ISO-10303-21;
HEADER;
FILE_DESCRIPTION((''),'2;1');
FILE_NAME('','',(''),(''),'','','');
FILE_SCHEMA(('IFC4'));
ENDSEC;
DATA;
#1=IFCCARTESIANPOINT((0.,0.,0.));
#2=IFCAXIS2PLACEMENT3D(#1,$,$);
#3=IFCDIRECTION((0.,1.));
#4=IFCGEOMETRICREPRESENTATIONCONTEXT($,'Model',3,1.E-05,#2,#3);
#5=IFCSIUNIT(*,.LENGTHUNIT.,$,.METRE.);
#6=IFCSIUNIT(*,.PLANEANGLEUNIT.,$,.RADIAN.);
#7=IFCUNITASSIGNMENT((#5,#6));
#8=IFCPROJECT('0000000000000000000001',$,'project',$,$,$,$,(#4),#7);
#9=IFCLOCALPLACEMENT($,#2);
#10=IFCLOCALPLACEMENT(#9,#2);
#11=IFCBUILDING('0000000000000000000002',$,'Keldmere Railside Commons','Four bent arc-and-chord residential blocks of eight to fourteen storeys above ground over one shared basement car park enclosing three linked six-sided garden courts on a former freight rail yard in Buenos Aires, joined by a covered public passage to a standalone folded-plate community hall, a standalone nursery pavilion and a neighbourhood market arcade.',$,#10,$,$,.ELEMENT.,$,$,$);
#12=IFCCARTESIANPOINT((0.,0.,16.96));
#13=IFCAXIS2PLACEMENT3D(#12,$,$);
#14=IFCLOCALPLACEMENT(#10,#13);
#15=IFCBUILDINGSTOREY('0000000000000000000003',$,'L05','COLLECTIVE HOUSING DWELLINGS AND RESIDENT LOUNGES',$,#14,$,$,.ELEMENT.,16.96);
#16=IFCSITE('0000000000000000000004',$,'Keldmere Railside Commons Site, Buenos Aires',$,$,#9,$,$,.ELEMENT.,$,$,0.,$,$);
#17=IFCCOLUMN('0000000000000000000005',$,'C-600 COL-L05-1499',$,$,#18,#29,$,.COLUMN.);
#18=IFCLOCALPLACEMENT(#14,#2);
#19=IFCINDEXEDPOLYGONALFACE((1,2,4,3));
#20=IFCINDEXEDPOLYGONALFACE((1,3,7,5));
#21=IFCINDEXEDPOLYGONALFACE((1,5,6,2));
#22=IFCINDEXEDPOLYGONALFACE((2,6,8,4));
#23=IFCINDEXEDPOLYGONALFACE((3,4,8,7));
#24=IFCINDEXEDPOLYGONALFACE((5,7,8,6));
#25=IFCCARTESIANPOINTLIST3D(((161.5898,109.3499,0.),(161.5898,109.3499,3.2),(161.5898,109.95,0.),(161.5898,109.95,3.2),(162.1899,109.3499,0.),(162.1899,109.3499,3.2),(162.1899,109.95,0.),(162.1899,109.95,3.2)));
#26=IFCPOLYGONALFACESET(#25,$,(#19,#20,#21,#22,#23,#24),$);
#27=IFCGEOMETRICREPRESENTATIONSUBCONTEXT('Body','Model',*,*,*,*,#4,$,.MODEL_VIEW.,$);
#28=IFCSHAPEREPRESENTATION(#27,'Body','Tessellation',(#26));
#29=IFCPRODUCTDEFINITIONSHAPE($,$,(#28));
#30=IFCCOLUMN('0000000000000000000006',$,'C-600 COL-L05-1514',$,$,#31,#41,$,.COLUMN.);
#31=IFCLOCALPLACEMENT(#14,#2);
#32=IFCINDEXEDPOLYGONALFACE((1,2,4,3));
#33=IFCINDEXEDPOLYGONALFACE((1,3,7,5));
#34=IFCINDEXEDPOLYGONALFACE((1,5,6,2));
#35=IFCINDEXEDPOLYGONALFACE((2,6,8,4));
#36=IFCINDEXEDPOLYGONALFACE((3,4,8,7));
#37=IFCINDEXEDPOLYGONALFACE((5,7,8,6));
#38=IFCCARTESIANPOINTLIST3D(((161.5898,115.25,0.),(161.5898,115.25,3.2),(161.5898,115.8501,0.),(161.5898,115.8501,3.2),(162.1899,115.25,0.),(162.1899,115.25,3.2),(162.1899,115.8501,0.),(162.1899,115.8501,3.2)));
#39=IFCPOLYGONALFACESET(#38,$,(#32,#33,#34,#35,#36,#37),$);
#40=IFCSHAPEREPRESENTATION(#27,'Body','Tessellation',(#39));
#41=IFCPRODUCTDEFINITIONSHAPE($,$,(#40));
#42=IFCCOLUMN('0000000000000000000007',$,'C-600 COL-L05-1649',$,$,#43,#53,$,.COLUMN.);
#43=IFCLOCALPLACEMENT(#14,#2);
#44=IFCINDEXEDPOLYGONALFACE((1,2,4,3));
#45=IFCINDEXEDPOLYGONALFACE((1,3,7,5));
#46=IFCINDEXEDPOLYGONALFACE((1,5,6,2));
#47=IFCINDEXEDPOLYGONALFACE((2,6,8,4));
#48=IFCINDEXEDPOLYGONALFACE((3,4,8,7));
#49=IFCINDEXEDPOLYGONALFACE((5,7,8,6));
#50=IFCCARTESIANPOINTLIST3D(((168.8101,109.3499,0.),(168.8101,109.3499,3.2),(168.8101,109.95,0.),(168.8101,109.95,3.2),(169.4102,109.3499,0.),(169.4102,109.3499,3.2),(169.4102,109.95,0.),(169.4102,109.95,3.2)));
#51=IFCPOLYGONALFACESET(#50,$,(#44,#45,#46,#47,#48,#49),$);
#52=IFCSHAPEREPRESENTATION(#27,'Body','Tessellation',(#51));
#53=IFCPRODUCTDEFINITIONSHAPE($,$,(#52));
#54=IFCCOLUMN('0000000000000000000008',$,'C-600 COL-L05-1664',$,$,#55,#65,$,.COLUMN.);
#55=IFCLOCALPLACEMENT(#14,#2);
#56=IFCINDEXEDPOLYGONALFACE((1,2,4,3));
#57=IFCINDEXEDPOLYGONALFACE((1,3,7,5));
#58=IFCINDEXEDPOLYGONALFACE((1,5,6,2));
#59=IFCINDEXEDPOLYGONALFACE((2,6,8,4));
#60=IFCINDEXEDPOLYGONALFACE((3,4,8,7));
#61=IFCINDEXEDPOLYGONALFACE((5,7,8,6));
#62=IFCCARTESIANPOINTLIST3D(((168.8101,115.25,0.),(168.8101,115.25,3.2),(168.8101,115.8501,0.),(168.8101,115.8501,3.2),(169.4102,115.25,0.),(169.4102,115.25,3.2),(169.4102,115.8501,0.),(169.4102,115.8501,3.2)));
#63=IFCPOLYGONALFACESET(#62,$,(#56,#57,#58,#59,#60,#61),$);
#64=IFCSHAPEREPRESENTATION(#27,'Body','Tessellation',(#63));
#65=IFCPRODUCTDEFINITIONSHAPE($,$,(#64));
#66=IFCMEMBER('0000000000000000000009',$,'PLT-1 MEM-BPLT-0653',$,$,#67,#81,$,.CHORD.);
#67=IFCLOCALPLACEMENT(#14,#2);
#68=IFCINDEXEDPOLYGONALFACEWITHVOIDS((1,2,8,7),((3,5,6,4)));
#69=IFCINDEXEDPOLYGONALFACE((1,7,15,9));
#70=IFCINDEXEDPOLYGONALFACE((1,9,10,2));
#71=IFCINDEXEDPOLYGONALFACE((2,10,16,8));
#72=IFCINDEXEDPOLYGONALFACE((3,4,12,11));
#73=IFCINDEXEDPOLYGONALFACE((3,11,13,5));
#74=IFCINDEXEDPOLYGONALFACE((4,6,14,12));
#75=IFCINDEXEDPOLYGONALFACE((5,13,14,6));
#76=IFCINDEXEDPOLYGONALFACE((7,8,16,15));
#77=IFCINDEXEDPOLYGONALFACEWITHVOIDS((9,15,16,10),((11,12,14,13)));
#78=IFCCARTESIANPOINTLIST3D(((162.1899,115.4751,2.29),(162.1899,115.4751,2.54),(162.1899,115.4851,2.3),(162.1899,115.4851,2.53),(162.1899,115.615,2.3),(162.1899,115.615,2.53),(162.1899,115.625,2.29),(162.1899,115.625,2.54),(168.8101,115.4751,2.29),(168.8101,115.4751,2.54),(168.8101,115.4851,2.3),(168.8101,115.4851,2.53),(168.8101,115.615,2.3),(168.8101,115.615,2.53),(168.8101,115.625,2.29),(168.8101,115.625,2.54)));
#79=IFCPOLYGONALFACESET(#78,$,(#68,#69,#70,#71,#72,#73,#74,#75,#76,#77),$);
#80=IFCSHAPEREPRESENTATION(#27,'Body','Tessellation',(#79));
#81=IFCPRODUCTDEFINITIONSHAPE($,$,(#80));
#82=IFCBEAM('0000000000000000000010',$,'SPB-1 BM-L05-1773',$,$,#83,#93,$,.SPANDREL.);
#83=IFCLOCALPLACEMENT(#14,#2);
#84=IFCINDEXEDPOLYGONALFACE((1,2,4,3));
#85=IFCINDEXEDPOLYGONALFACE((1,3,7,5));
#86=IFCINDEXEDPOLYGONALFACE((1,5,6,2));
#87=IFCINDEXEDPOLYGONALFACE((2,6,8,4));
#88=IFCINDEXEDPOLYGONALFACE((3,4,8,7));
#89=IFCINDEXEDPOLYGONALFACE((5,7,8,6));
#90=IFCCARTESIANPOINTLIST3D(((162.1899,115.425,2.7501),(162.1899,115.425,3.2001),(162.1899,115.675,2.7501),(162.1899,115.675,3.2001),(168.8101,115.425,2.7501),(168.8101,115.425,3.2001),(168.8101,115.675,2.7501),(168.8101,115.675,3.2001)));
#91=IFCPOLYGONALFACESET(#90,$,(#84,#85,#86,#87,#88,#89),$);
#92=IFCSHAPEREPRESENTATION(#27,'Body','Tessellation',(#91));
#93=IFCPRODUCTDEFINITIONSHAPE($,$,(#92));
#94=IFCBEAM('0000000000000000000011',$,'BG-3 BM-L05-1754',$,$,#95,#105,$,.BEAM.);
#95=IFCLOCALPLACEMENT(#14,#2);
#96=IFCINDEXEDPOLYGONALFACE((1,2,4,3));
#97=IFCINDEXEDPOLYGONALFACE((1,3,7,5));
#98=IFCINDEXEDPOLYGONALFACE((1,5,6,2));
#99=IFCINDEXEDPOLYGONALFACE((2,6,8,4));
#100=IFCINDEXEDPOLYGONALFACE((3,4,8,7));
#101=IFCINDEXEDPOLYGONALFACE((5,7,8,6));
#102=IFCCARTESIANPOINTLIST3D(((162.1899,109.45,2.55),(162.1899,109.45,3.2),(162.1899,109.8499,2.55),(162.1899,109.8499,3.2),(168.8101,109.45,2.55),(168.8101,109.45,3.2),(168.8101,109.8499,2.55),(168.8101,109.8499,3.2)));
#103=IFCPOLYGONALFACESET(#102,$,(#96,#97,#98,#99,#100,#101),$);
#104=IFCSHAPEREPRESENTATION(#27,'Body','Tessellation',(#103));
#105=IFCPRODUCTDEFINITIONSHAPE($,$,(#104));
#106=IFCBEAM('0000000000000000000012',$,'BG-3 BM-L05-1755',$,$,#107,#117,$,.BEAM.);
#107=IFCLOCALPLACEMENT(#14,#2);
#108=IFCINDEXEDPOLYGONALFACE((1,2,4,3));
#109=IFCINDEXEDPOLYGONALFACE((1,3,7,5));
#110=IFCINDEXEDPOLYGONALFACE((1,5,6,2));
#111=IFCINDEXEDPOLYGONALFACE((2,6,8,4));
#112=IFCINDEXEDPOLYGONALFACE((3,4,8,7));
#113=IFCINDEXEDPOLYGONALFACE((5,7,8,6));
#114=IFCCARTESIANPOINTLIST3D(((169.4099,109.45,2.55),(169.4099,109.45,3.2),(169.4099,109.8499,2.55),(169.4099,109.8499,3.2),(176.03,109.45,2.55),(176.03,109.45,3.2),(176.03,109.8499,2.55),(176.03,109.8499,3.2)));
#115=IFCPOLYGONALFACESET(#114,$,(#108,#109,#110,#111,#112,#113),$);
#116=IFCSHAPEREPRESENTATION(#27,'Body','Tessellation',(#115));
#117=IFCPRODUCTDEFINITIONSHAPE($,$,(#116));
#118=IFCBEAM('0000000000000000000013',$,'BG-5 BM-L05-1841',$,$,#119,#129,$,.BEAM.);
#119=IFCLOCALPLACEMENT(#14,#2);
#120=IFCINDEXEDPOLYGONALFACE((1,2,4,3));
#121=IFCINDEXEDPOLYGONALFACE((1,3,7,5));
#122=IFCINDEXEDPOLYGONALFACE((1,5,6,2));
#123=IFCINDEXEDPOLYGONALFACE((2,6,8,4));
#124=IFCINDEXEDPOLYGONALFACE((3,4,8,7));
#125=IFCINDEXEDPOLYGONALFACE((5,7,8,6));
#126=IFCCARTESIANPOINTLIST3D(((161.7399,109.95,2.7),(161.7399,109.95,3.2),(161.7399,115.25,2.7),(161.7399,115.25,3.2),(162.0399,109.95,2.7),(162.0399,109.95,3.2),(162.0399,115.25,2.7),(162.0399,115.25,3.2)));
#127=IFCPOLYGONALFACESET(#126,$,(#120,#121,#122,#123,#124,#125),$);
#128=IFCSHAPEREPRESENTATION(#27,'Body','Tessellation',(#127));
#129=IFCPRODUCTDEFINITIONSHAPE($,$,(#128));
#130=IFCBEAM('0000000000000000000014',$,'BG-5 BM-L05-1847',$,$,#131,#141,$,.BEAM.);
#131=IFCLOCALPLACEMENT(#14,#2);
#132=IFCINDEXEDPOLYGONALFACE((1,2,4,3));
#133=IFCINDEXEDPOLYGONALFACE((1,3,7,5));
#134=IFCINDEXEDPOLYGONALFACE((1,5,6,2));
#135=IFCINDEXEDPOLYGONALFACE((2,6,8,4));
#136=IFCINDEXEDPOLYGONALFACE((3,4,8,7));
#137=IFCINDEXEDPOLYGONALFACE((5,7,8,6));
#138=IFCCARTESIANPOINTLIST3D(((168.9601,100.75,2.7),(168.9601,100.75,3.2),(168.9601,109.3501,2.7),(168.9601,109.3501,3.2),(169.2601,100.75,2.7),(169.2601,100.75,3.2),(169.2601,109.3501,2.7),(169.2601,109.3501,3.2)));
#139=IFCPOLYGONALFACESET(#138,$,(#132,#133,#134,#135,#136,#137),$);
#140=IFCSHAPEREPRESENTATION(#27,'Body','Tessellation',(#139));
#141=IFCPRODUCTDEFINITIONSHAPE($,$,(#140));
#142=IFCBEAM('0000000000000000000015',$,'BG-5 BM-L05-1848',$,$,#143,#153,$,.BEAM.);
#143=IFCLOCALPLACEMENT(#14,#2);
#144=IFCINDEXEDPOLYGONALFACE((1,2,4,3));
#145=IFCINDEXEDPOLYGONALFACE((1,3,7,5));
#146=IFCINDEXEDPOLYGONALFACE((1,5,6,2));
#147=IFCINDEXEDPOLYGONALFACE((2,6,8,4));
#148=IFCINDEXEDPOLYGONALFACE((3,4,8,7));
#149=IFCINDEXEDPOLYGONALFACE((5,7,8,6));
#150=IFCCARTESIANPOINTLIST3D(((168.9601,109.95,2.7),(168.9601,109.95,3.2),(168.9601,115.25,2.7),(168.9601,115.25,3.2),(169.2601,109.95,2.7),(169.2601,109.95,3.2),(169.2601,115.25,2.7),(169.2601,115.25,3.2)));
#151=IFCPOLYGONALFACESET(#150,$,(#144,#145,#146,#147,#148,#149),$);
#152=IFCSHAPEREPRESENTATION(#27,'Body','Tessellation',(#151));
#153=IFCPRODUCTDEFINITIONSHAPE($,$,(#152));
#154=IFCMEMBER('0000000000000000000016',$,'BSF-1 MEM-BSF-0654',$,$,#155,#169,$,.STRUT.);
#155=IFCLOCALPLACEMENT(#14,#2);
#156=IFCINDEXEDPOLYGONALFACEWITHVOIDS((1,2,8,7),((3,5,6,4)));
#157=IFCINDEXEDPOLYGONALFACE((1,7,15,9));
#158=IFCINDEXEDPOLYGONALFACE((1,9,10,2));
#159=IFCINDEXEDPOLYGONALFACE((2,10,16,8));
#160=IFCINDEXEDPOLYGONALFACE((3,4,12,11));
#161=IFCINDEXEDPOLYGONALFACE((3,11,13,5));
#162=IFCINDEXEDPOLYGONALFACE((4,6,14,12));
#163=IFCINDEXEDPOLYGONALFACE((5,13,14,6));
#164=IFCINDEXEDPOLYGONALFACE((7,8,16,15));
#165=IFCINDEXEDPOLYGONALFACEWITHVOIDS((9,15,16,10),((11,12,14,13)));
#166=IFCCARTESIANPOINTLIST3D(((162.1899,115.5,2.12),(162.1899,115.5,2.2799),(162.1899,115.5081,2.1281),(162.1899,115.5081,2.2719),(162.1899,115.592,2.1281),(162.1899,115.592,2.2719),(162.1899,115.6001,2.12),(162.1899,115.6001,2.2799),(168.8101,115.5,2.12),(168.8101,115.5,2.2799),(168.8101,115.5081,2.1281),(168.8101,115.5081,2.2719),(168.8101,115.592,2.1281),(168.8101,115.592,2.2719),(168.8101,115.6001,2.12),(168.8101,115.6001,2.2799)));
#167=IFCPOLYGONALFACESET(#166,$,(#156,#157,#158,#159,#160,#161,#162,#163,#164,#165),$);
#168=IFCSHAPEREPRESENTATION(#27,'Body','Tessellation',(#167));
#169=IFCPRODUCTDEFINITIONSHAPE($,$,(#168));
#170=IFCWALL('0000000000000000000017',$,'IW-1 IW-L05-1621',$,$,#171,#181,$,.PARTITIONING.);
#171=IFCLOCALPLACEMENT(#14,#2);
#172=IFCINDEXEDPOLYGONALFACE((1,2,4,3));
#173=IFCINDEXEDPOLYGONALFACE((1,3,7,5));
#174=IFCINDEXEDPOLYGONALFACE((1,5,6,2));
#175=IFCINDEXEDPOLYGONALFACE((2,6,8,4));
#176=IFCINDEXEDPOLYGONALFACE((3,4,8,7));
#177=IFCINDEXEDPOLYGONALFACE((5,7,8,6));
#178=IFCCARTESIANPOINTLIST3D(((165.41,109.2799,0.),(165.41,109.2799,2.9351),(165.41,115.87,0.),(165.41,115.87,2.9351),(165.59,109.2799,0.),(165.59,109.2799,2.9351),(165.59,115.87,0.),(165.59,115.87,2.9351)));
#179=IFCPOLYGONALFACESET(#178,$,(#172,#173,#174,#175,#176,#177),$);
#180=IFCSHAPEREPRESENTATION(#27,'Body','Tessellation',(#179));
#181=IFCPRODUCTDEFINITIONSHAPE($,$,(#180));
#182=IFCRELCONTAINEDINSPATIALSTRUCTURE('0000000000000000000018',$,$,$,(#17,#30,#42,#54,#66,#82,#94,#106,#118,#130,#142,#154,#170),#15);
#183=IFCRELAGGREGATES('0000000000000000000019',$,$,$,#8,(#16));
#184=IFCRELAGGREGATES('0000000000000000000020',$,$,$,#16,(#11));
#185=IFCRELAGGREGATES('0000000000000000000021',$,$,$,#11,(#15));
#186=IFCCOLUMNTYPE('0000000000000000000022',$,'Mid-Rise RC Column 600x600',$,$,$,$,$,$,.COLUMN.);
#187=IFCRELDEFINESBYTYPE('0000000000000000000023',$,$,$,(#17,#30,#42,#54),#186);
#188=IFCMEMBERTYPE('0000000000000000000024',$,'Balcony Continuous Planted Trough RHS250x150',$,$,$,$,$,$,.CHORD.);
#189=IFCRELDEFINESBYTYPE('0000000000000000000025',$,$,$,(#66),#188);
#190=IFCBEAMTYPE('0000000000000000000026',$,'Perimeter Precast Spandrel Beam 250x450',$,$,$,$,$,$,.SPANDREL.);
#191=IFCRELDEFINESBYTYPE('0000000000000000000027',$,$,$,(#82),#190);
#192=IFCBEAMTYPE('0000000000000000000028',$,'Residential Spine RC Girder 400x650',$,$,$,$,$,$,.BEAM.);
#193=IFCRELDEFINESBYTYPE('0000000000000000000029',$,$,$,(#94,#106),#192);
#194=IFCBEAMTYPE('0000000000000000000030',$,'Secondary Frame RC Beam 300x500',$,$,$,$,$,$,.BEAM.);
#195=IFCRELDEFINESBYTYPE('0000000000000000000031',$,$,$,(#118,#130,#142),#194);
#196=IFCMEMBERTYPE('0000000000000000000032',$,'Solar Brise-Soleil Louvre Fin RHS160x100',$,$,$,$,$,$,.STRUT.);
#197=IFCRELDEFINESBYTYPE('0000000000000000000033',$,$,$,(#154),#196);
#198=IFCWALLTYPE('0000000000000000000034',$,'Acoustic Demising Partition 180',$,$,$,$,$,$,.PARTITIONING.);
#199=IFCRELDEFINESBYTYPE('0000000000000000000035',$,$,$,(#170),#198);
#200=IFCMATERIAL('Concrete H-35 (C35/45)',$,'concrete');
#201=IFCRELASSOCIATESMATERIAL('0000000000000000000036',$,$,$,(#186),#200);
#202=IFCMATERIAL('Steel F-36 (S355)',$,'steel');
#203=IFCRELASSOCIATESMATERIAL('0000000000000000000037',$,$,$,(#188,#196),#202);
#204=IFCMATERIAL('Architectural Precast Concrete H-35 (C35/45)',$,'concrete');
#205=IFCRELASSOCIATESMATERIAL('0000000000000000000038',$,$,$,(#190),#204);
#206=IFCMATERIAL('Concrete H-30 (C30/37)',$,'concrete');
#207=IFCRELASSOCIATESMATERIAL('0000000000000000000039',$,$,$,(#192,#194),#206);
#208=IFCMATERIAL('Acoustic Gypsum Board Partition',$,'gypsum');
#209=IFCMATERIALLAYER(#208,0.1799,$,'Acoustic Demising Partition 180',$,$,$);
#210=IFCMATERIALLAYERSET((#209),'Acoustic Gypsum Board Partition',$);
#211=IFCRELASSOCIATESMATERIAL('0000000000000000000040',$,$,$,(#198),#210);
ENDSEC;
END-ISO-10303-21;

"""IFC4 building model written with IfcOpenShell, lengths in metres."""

from ifc_helpers import new_model, si_unit, direction, frame, frame_2d, origin, origin_2d, place, context, subcontext, project, spatial, rectangle, hollow_rectangle, extrude, material, layer, layer_set, material_profile, profile_set, type_object, element, save


model = new_model("IFC4")

# Units and contexts
model_context = context("Model", 3, precision=1e-05, world=origin(), true_north=direction((0.0, 1.0)))
body_context = subcontext(model_context, "Body", "Model", "MODEL_VIEW")
ifc_project = project(units=[si_unit("LENGTHUNIT", "METRE"), si_unit("PLANEANGLEUNIT", "RADIAN")], contexts=[model_context])

# Site, building, storey
site_placement = place(None, origin())
site = spatial("IfcSite", under=ifc_project, at=site_placement, Name="Keldmere Railside Commons Site, Buenos Aires", CompositionType="ELEMENT", RefElevation=0.0)
building_placement = place(site_placement, origin())
building = spatial("IfcBuilding", under=site, at=building_placement, Name="Keldmere Railside Commons", Description="Four bent arc-and-chord residential blocks of eight to fourteen storeys above ground over one shared basement car park enclosing three linked six-sided garden courts on a former freight rail yard in Buenos Aires, joined by a covered public passage to a standalone folded-plate community hall, a standalone nursery pavilion and a neighbourhood market arcade.", CompositionType="ELEMENT")
storey_placement = place(building_placement, frame((0.0, 0.0, 16.96)))
storey = spatial("IfcBuildingStorey", under=building, at=storey_placement, Name="L05", Description="COLLECTIVE HOUSING DWELLINGS AND RESIDENT LOUNGES", CompositionType="ELEMENT", Elevation=16.96)

# Columns
ifc_material_1 = material(Name="Concrete H-35 (C35/45)", Category="concrete")
ifc_material_profile_1 = material_profile(ifc_material_1, rectangle(XDim=0.6001, YDim=0.6001, at=origin_2d()), Name="RC-600x600")
ifc_profile_set_1 = profile_set([ifc_material_profile_1], Name="Concrete H-35 (C35/45)")
column_type = type_object("IfcColumnType", Name="Mid-Rise RC Column 600x600", PredefinedType="COLUMN", material=ifc_profile_set_1)
for number, where, z_axis, x_axis, name in (
    (1, (161.8899, 109.6499, 0.0), (0.0, 0.0, 1.0), (1.0, 0.0, 0.0), "C-600 COL-L05-1499"),
    (2, (161.8899, 115.55, 0.0), (0.0, 0.0, 1.0), (1.0, 0.0, 0.0), "C-600 COL-L05-1514"),
    (3, (169.1101, 109.6499, 0.0), (0.0, 0.0, 1.0), (1.0, 0.0, 0.0), "C-600 COL-L05-1649"),
    (4, (169.1101, 115.55, 0.0), (0.0, 0.0, 1.0), (1.0, 0.0, 0.0), "C-600 COL-L05-1664"),
):
    element("IfcColumn", number, at=place(storey_placement, frame(where, z_axis=z_axis, x_axis=x_axis)), inside=storey, type_object=column_type, Name=name, PredefinedType="COLUMN", context=body_context, shape_type="SweptSolid", body=[
        extrude(rectangle(XDim=0.6001, YDim=0.6001, at=origin_2d()), origin(), (0.0, 0.0, 1.0), 3.2),
    ])

# Member
ifc_material_2 = material(Name="Steel F-36 (S355)", Category="steel")
ifc_material_profile_2 = material_profile(ifc_material_2, hollow_rectangle(XDim=0.1499, YDim=0.25, WallThickness=0.01, at=origin_2d()), Name="RHS-250x150x10")
ifc_profile_set_2 = profile_set([ifc_material_profile_2], Name="Steel F-36 (S355)")
member_type_1 = type_object("IfcMemberType", Name="Balcony Continuous Planted Trough RHS250x150", PredefinedType="CHORD", material=ifc_profile_set_2)
member_1_placement = place(storey_placement, frame((162.1899, 115.55, 2.415), z_axis=(1.0, 0.0, 0.0), x_axis=(0.0, 1.0, 0.0)))
element("IfcMember", 5, at=member_1_placement, inside=storey, type_object=member_type_1, Name="PLT-1 MEM-BPLT-0653", PredefinedType="CHORD", context=body_context, shape_type="SweptSolid", body=[
    extrude(hollow_rectangle(XDim=0.1499, YDim=0.25, WallThickness=0.01, at=origin_2d()), origin(), (0.0, 0.0, 1.0), 6.6201),
])

# Beams
ifc_material_3 = material(Name="Architectural Precast Concrete H-35 (C35/45)", Category="concrete")
ifc_material_profile_3 = material_profile(ifc_material_3, rectangle(XDim=0.25, YDim=0.45, at=origin_2d()), Name="RC-250x450")
ifc_profile_set_3 = profile_set([ifc_material_profile_3], Name="Architectural Precast Concrete H-35 (C35/45)")
beam_type_1 = type_object("IfcBeamType", Name="Perimeter Precast Spandrel Beam 250x450", PredefinedType="SPANDREL", material=ifc_profile_set_3)
beam_1_placement = place(storey_placement, frame((162.1899, 115.55, 2.9751), z_axis=(1.0, 0.0, 0.0), x_axis=(0.0, 1.0, 0.0)))
element("IfcBeam", 6, at=beam_1_placement, inside=storey, type_object=beam_type_1, Name="SPB-1 BM-L05-1773", PredefinedType="SPANDREL", context=body_context, shape_type="SweptSolid", body=[
    extrude(rectangle(XDim=0.25, YDim=0.45, at=origin_2d()), origin(), (0.0, 0.0, 1.0), 6.6201),
])
ifc_material_4 = material(Name="Concrete H-30 (C30/37)", Category="concrete")
ifc_material_profile_4 = material_profile(ifc_material_4, rectangle(XDim=0.3999, YDim=0.6499, at=origin_2d()), Name="RC-400x650")
ifc_profile_set_4 = profile_set([ifc_material_profile_4], Name="Concrete H-30 (C30/37)")
beam_type_2 = type_object("IfcBeamType", Name="Residential Spine RC Girder 400x650", PredefinedType="BEAM", material=ifc_profile_set_4)
for number, where, z_axis, x_axis, name in (
    (7, (162.1899, 109.6499, 2.875), (1.0, 0.0, 0.0), (0.0, 1.0, 0.0), "BG-3 BM-L05-1754"),
    (8, (169.4099, 109.6499, 2.875), (1.0, 0.0, 0.0), (0.0, 1.0, 0.0), "BG-3 BM-L05-1755"),
):
    element("IfcBeam", number, at=place(storey_placement, frame(where, z_axis=z_axis, x_axis=x_axis)), inside=storey, type_object=beam_type_2, Name=name, PredefinedType="BEAM", context=body_context, shape_type="SweptSolid", body=[
        extrude(rectangle(XDim=0.3999, YDim=0.6499, at=origin_2d()), origin(), (0.0, 0.0, 1.0), 6.6201),
    ])
ifc_material_profile_5 = material_profile(ifc_material_4, rectangle(XDim=0.3, YDim=0.5, at=origin_2d()), Name="RC-300x500")
ifc_profile_set_5 = profile_set([ifc_material_profile_5], Name="Concrete H-30 (C30/37)")
beam_type_3 = type_object("IfcBeamType", Name="Secondary Frame RC Beam 300x500", PredefinedType="BEAM", material=ifc_profile_set_5)
beam_2_placement = place(storey_placement, frame((161.8899, 109.95, 2.95), z_axis=(0.0, 1.0, 0.0), x_axis=(-1.0, 0.0, 0.0)))
element("IfcBeam", 9, at=beam_2_placement, inside=storey, type_object=beam_type_3, Name="BG-5 BM-L05-1841", PredefinedType="BEAM", context=body_context, shape_type="SweptSolid", body=[
    extrude(rectangle(XDim=0.3, YDim=0.5, at=origin_2d()), origin(), (0.0, 0.0, 1.0), 5.3),
])
beam_3_placement = place(storey_placement, frame((169.1101, 100.75, 2.95), z_axis=(0.0, 1.0, 0.0), x_axis=(-1.0, 0.0, 0.0)))
element("IfcBeam", 10, at=beam_3_placement, inside=storey, type_object=beam_type_3, Name="BG-5 BM-L05-1847", PredefinedType="BEAM", context=body_context, shape_type="SweptSolid", body=[
    extrude(rectangle(XDim=0.3, YDim=0.5, at=origin_2d()), origin(), (0.0, 0.0, 1.0), 8.6001),
])
beam_4_placement = place(storey_placement, frame((169.1101, 109.95, 2.95), z_axis=(0.0, 1.0, 0.0), x_axis=(-1.0, 0.0, 0.0)))
element("IfcBeam", 11, at=beam_4_placement, inside=storey, type_object=beam_type_3, Name="BG-5 BM-L05-1848", PredefinedType="BEAM", context=body_context, shape_type="SweptSolid", body=[
    extrude(rectangle(XDim=0.3, YDim=0.5, at=origin_2d()), origin(), (0.0, 0.0, 1.0), 5.3),
])

# Member
ifc_material_profile_6 = material_profile(ifc_material_2, hollow_rectangle(XDim=0.1001, YDim=0.1599, WallThickness=0.0081, at=origin_2d()), Name="RHS-160x100x8")
ifc_profile_set_6 = profile_set([ifc_material_profile_6], Name="Steel F-36 (S355)")
member_type_2 = type_object("IfcMemberType", Name="Solar Brise-Soleil Louvre Fin RHS160x100", PredefinedType="STRUT", material=ifc_profile_set_6)
member_2_placement = place(storey_placement, frame((162.1899, 115.55, 2.2), z_axis=(1.0, 0.0, 0.0), x_axis=(0.0, 1.0, 0.0)))
element("IfcMember", 12, at=member_2_placement, inside=storey, type_object=member_type_2, Name="BSF-1 MEM-BSF-0654", PredefinedType="STRUT", context=body_context, shape_type="SweptSolid", body=[
    extrude(hollow_rectangle(XDim=0.1001, YDim=0.1599, WallThickness=0.0081, at=origin_2d()), origin(), (0.0, 0.0, 1.0), 6.6201),
])

# Wall
ifc_material_5 = material(Name="Acoustic Gypsum Board Partition", Category="gypsum")
ifc_layer_1 = layer(ifc_material_5, 0.1799, Name="Acoustic Demising Partition 180")
ifc_layer_set_1 = layer_set([ifc_layer_1], Name="Acoustic Gypsum Board Partition")
wall_type_1 = type_object("IfcWallType", Name="Acoustic Demising Partition 180", PredefinedType="PARTITIONING", material=ifc_layer_set_1)
wall_1_placement = place(storey_placement, frame((165.5, 109.28, 0.0), z_axis=(0.0, 0.0, 1.0), x_axis=(0.0, 1.0, 0.0)))
element("IfcWall", 13, at=wall_1_placement, inside=storey, type_object=wall_type_1, Name="IW-1 IW-L05-1621", PredefinedType="PARTITIONING", context=body_context, shape_type="SweptSolid", body=[
    extrude(rectangle(XDim=6.5901, YDim=0.1799, at=frame_2d((3.2949, 0.0))), origin(), (0.0, 0.0, 1.0), 2.9351),
])

save(model, "model.ifc")
